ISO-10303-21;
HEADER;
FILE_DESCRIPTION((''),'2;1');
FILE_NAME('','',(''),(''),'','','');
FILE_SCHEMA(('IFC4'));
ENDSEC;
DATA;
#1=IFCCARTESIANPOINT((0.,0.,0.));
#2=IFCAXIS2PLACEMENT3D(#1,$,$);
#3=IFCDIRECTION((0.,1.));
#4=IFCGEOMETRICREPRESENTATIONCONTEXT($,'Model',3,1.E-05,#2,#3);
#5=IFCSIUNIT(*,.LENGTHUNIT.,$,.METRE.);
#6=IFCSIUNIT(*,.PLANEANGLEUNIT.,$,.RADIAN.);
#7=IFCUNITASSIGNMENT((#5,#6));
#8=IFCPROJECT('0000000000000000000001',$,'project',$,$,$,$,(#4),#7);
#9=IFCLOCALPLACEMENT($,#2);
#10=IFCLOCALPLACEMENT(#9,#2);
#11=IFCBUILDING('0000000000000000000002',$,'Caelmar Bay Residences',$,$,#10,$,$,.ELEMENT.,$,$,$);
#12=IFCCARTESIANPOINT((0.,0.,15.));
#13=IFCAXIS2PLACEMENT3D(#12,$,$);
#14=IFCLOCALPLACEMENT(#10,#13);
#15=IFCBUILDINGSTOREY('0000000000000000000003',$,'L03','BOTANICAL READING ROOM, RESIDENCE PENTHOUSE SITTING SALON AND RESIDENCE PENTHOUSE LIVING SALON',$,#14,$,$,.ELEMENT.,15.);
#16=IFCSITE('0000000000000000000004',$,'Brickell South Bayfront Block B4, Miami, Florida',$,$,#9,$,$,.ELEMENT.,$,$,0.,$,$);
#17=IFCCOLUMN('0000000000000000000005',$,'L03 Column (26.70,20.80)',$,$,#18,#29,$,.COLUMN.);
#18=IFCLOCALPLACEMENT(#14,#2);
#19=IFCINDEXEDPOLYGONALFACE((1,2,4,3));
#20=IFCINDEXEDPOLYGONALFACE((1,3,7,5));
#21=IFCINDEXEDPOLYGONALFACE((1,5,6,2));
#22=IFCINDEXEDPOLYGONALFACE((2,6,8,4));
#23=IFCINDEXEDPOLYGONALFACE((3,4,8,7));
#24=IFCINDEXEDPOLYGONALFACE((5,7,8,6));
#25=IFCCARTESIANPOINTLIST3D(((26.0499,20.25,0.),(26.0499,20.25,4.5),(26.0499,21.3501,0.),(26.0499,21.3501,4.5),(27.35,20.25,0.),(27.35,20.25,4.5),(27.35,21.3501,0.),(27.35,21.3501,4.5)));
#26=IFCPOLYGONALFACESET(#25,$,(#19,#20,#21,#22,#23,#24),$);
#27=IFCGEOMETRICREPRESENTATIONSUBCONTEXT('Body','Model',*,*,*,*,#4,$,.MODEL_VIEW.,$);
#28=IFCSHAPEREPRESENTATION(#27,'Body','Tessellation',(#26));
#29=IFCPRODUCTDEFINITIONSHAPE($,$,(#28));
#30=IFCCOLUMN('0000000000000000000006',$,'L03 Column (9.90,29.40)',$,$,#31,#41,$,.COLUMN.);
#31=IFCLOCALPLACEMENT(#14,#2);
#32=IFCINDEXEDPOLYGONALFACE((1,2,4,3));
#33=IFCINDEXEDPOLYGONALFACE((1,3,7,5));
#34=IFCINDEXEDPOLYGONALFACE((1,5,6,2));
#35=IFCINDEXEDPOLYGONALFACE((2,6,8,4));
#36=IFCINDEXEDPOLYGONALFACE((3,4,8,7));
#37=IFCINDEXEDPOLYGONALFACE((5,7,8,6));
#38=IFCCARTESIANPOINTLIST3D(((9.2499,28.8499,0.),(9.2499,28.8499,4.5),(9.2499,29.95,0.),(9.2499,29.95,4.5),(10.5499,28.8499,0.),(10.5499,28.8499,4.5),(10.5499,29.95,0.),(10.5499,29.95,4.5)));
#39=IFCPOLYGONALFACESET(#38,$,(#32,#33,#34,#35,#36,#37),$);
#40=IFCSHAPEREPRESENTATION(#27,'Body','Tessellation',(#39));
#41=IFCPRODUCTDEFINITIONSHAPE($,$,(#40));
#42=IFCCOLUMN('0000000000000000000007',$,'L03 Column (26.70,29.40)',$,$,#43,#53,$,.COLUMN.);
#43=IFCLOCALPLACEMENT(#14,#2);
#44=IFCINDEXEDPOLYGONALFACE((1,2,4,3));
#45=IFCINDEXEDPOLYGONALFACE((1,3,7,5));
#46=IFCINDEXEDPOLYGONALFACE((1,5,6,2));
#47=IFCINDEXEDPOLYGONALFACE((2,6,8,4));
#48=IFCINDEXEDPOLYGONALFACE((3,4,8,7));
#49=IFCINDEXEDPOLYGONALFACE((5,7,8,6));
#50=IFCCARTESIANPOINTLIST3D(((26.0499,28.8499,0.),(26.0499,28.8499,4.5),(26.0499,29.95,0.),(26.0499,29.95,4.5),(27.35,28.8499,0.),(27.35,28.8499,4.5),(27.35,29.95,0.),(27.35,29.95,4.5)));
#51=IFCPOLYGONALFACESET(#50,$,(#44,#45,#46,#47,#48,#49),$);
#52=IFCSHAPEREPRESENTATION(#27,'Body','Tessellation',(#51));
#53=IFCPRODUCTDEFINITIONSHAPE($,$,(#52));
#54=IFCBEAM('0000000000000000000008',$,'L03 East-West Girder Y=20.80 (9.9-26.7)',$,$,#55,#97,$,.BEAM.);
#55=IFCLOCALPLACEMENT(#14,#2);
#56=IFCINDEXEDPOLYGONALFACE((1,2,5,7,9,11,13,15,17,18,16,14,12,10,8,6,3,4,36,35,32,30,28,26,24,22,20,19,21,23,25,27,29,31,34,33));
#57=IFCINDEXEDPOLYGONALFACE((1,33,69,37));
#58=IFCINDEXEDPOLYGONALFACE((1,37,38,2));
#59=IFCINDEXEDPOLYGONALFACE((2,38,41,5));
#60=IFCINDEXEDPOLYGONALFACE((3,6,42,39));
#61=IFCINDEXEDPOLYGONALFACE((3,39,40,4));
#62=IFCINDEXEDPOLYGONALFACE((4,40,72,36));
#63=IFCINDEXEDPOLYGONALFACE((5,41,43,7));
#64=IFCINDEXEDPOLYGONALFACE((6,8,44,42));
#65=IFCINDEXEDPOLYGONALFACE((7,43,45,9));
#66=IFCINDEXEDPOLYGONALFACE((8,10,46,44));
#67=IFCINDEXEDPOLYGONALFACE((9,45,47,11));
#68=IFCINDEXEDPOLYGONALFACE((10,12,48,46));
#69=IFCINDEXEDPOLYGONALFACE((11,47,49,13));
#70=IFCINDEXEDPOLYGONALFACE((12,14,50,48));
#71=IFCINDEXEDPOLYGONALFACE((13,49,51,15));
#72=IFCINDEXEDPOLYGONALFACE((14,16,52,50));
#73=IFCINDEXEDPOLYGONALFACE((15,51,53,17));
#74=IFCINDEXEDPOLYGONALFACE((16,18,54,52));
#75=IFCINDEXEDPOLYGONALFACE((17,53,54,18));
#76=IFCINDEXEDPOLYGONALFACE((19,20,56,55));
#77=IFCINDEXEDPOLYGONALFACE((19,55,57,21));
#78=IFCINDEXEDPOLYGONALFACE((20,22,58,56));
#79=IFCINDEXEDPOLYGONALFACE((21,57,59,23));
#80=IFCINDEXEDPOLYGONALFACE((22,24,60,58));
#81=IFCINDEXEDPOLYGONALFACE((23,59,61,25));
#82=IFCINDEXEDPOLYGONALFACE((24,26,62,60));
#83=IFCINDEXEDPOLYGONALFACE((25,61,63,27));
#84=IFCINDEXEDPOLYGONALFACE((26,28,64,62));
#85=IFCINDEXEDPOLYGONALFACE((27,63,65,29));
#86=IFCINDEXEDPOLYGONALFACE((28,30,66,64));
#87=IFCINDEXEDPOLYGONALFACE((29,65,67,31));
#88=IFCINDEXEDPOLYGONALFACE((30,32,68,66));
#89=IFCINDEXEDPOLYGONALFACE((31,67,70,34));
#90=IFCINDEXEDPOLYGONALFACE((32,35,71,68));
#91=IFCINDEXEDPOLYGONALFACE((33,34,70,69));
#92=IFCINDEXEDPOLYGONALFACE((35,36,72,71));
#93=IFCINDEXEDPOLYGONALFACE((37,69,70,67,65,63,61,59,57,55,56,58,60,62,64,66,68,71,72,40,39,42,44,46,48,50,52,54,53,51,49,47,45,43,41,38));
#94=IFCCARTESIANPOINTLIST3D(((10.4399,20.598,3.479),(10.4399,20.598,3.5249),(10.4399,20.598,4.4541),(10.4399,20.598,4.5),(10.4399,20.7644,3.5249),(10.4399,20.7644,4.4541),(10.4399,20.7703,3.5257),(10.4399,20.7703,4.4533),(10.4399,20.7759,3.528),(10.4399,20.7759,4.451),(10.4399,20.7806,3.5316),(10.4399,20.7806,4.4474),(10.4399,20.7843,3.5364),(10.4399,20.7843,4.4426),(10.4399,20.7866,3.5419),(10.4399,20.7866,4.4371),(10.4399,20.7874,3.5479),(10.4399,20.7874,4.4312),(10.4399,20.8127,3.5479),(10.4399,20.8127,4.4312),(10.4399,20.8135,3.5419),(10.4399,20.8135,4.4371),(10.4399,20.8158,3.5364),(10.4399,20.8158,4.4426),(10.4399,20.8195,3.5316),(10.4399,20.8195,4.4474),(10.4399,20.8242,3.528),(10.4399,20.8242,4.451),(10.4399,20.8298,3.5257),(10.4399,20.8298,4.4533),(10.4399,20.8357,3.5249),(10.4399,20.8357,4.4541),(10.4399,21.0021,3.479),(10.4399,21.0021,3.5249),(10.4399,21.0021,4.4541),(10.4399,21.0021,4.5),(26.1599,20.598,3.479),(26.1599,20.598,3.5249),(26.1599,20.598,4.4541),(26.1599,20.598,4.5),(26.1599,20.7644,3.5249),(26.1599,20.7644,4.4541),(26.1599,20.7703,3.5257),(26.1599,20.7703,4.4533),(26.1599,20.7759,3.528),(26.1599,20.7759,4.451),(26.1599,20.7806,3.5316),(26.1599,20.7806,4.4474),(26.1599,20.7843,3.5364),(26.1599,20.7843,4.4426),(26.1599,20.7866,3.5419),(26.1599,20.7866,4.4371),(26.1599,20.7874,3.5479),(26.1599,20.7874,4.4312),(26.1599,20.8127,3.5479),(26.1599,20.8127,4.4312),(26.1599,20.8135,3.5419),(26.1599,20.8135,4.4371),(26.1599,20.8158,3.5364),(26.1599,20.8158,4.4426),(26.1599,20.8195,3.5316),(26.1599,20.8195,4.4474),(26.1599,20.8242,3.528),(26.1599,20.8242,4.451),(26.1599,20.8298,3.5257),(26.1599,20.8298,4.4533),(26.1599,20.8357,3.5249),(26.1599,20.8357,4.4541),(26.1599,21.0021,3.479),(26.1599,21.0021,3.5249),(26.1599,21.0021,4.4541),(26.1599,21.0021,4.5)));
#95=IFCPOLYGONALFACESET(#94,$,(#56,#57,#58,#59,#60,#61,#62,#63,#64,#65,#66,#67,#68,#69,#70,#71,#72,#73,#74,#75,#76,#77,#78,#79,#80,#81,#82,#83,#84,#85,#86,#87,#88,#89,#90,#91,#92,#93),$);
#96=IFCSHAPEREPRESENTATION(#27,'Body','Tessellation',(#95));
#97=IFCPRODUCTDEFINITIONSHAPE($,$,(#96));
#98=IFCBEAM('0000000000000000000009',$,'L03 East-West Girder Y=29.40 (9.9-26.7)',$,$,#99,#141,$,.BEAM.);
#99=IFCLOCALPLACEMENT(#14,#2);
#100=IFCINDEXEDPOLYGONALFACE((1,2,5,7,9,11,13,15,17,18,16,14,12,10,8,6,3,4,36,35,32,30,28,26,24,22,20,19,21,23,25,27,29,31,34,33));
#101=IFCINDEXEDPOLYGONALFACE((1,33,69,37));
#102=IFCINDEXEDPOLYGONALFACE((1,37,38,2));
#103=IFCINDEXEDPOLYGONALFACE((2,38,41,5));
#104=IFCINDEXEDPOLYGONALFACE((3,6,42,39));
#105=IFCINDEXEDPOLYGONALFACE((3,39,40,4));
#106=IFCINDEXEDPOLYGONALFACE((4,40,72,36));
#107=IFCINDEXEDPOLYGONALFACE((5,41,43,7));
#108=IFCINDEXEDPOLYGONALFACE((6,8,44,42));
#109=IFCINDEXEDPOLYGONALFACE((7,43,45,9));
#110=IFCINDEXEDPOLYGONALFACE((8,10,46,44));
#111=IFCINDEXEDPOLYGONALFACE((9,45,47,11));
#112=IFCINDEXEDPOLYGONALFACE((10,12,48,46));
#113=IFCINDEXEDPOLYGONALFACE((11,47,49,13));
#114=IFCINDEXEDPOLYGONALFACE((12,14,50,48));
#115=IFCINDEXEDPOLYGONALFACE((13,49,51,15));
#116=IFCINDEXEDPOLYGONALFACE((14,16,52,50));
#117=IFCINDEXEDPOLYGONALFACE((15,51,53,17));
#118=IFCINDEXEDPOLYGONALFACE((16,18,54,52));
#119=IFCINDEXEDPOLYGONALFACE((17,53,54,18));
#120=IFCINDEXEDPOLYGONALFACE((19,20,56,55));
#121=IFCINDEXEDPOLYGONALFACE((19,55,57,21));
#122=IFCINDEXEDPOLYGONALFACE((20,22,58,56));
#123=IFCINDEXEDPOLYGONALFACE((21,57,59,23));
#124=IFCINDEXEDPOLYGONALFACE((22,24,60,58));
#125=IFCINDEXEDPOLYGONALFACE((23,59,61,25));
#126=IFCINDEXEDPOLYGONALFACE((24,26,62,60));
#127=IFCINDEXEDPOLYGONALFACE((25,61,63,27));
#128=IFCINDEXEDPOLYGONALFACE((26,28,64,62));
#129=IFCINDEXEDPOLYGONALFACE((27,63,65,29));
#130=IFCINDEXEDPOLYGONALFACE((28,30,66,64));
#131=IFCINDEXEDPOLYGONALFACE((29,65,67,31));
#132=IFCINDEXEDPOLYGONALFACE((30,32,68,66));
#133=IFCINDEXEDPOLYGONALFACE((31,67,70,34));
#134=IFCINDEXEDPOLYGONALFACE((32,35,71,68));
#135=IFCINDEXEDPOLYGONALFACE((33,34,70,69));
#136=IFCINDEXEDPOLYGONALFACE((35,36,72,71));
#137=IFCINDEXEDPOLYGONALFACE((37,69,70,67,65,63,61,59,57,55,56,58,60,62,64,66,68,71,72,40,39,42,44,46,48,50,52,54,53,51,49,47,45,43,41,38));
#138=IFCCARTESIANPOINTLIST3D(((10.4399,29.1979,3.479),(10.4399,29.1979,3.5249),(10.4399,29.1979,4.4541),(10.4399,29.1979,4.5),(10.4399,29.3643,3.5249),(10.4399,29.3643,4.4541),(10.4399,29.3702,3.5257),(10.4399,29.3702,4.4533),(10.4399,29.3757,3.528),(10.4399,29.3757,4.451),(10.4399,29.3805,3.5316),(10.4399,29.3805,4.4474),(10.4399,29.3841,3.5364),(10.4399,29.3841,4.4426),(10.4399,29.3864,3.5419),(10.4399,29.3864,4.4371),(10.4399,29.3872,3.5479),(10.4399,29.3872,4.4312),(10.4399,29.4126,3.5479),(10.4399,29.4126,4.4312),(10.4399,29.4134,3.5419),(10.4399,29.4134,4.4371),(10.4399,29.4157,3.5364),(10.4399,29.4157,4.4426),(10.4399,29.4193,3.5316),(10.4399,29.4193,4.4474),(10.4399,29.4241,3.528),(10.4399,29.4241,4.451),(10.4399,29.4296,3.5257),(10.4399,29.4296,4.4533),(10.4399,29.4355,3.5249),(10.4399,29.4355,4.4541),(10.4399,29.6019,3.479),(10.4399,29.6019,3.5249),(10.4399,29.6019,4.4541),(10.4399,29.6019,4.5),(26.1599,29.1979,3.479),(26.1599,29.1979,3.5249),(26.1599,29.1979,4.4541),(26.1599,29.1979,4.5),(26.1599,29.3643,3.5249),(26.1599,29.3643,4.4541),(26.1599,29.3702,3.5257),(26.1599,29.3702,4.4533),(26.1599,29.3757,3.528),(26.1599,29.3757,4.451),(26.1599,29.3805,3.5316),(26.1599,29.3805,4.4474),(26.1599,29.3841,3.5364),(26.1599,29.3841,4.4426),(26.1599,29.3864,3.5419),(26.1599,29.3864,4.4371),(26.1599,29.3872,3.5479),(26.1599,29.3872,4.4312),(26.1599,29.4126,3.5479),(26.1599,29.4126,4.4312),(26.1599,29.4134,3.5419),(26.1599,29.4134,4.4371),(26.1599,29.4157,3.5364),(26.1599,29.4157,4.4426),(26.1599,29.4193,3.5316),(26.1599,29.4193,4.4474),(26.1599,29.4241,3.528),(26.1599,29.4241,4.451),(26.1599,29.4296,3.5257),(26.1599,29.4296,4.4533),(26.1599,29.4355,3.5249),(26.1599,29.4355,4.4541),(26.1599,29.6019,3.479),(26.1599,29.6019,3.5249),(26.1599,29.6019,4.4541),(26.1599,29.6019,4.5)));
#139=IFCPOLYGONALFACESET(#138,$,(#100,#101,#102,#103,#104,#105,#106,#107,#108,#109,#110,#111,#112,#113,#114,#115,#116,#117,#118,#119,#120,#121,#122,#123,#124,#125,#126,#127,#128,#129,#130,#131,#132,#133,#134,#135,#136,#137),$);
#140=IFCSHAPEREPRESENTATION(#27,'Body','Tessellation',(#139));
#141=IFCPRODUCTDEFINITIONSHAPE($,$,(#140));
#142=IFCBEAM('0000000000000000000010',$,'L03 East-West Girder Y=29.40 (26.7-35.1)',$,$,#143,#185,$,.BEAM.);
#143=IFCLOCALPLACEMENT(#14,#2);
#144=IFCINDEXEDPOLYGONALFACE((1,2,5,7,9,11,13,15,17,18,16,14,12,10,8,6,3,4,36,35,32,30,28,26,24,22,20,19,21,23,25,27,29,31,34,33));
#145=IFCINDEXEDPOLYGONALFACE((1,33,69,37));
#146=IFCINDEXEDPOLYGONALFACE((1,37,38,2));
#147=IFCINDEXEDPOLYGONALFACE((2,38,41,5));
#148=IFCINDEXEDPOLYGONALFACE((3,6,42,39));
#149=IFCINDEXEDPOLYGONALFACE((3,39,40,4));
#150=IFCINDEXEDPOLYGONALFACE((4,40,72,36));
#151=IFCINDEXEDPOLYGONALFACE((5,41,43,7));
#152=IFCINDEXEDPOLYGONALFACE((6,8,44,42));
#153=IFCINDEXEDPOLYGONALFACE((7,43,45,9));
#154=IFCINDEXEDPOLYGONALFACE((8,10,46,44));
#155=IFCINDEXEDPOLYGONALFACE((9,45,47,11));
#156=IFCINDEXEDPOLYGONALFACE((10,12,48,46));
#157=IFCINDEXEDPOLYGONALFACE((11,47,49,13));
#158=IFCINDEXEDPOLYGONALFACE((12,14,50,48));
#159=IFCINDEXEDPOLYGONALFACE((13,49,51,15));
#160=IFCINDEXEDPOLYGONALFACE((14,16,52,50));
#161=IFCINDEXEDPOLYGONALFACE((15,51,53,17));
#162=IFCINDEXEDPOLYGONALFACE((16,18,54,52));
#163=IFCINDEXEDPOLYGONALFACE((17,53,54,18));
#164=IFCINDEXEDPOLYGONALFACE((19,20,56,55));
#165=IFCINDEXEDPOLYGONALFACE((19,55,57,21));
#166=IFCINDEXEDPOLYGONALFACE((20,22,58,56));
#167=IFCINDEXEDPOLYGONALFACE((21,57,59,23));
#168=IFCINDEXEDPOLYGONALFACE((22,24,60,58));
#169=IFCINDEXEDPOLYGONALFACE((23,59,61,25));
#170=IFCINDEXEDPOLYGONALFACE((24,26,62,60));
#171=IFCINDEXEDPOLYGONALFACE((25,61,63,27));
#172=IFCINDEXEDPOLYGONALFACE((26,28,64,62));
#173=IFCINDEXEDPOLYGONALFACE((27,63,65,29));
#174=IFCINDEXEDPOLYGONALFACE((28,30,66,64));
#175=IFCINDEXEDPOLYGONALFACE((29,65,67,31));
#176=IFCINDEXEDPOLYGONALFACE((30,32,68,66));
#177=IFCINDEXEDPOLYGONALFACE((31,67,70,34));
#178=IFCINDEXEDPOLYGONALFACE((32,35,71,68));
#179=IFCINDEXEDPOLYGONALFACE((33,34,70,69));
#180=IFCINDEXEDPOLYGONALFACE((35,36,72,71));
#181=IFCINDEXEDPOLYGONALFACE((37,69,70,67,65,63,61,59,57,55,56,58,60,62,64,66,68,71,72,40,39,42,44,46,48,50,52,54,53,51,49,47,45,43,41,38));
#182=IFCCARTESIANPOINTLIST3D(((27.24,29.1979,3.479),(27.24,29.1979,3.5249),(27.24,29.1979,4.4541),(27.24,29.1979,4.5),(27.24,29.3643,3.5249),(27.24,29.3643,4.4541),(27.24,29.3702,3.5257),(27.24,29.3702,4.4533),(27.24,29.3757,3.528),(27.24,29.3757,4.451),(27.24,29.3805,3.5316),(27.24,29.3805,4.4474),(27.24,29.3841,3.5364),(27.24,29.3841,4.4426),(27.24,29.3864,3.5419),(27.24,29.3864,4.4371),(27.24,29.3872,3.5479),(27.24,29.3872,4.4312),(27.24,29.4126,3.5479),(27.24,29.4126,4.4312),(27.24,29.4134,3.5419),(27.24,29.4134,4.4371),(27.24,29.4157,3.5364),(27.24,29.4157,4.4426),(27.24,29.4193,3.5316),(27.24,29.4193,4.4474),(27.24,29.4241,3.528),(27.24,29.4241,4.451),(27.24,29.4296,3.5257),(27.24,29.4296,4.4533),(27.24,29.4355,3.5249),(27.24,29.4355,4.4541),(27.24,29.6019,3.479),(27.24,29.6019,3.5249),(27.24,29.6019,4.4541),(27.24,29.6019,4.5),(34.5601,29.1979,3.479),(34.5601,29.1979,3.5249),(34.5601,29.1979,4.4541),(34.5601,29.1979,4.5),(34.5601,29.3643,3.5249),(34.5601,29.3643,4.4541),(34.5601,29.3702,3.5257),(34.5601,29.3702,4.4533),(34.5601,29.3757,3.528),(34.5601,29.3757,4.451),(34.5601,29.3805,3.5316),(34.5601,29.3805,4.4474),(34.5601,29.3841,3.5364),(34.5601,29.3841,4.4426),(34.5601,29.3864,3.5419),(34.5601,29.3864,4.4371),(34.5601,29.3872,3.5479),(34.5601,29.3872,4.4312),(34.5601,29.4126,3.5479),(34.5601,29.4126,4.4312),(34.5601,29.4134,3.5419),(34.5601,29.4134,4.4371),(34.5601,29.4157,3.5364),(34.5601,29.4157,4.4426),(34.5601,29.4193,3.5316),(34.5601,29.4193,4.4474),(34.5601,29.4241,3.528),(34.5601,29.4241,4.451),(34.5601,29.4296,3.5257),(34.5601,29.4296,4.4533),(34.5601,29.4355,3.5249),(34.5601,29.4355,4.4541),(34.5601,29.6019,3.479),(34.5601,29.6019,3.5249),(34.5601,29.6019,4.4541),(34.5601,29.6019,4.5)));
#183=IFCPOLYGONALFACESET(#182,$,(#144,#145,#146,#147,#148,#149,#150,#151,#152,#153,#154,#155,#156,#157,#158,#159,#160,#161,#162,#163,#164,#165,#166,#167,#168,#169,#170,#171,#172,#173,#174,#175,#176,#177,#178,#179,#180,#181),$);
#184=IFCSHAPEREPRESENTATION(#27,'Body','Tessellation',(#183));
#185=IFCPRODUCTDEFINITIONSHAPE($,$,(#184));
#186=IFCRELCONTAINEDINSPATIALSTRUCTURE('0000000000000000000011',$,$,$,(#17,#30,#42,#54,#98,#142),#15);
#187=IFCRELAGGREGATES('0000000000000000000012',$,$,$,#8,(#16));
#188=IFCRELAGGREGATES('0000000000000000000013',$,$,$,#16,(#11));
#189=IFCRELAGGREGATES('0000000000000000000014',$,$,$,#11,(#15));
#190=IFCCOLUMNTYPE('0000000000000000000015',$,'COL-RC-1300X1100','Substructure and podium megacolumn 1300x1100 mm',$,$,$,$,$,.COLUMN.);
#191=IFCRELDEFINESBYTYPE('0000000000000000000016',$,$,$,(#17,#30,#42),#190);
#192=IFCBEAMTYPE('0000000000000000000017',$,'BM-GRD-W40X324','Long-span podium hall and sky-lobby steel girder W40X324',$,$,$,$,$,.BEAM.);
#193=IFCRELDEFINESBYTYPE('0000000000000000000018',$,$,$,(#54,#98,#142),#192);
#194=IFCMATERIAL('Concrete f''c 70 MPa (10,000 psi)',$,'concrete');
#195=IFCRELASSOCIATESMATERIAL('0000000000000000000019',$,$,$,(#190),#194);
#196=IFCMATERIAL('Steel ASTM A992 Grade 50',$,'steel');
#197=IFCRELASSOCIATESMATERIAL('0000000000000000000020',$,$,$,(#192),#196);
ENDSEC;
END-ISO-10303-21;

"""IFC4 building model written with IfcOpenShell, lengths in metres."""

from ifc_helpers import new_model, si_unit, direction, frame, origin, origin_2d, place, context, subcontext, project, spatial, rectangle, i_section, extrude, material, material_profile, profile_set, type_object, element, save


model = new_model("IFC4")

# Units and contexts
model_context = context("Model", 3, precision=1e-05, world=origin(), true_north=direction((0.0, 1.0)))
body_context = subcontext(model_context, "Body", "Model", "MODEL_VIEW")
ifc_project = project(units=[si_unit("LENGTHUNIT", "METRE"), si_unit("PLANEANGLEUNIT", "RADIAN")], contexts=[model_context])

# Site, building, storey
site_placement = place(None, origin())
site = spatial("IfcSite", under=ifc_project, at=site_placement, Name="Brickell South Bayfront Block B4, Miami, Florida", CompositionType="ELEMENT", RefElevation=0.0)
building_placement = place(site_placement, origin())
building = spatial("IfcBuilding", under=site, at=building_placement, Name="Caelmar Bay Residences", CompositionType="ELEMENT")
storey_placement = place(building_placement, frame((0.0, 0.0, 15.0)))
storey = spatial("IfcBuildingStorey", under=building, at=storey_placement, Name="L03", Description="BOTANICAL READING ROOM, RESIDENCE PENTHOUSE SITTING SALON AND RESIDENCE PENTHOUSE LIVING SALON", CompositionType="ELEMENT", Elevation=15.0)

# Columns
ifc_material_1 = material(Name="Concrete f'c 70 MPa (10,000 psi)", Category="concrete")
ifc_material_profile_1 = material_profile(ifc_material_1, rectangle(XDim=1.3, YDim=1.1001, at=origin_2d()), Name="RC-COL-1300X1100")
ifc_profile_set_1 = profile_set([ifc_material_profile_1], Name="Concrete f'c 70 MPa (10,000 psi)")
column_type = type_object("IfcColumnType", Name="COL-RC-1300X1100", Description="Substructure and podium megacolumn 1300x1100 mm", PredefinedType="COLUMN", material=ifc_profile_set_1)
for number, where, z_axis, x_axis, name in (
    (1, (26.7, 20.8, 0.0), (0.0, 0.0, 1.0), (1.0, 0.0, 0.0), "L03 Column (26.70,20.80)"),
    (2, (9.8999, 29.3999, 0.0), (0.0, 0.0, 1.0), (1.0, 0.0, 0.0), "L03 Column (9.90,29.40)"),
    (3, (26.7, 29.3999, 0.0), (0.0, 0.0, 1.0), (1.0, 0.0, 0.0), "L03 Column (26.70,29.40)"),
):
    element("IfcColumn", number, at=place(storey_placement, frame(where, z_axis=z_axis, x_axis=x_axis)), inside=storey, type_object=column_type, Name=name, PredefinedType="COLUMN", context=body_context, shape_type="SweptSolid", body=[
        extrude(rectangle(XDim=1.3, YDim=1.1001, at=origin_2d()), origin(), (0.0, 0.0, 1.0), 4.5),
    ])

# Beams
ifc_material_2 = material(Name="Steel ASTM A992 Grade 50", Category="steel")
ifc_material_profile_2 = material_profile(ifc_material_2, i_section(OverallWidth=0.4041, OverallDepth=1.021, WebThickness=0.0254, FlangeThickness=0.0459, FilletRadius=0.0229, at=origin_2d()), Name="W40X324")
ifc_profile_set_2 = profile_set([ifc_material_profile_2], Name="Steel ASTM A992 Grade 50")
beam_type_1 = type_object("IfcBeamType", Name="BM-GRD-W40X324", Description="Long-span podium hall and sky-lobby steel girder W40X324", PredefinedType="BEAM", material=ifc_profile_set_2)
for number, where, z_axis, x_axis, name in (
    (4, (10.4399, 20.8, 3.9895), (1.0, 0.0, 0.0), (0.0, 1.0, 0.0), "L03 East-West Girder Y=20.80 (9.9-26.7)"),
    (5, (10.4399, 29.3999, 3.9895), (1.0, 0.0, 0.0), (0.0, 1.0, 0.0), "L03 East-West Girder Y=29.40 (9.9-26.7)"),
):
    element("IfcBeam", number, at=place(storey_placement, frame(where, z_axis=z_axis, x_axis=x_axis)), inside=storey, type_object=beam_type_1, Name=name, PredefinedType="BEAM", context=body_context, shape_type="SweptSolid", body=[
        extrude(i_section(OverallWidth=0.4041, OverallDepth=1.021, WebThickness=0.0254, FlangeThickness=0.0459, FilletRadius=0.0229, at=origin_2d()), origin(), (0.0, 0.0, 1.0), 15.72),
    ])
beam_1_placement = place(storey_placement, frame((27.24, 29.3999, 3.9895), z_axis=(1.0, 0.0, 0.0), x_axis=(0.0, 1.0, 0.0)))
element("IfcBeam", 6, at=beam_1_placement, inside=storey, type_object=beam_type_1, Name="L03 East-West Girder Y=29.40 (26.7-35.1)", PredefinedType="BEAM", context=body_context, shape_type="SweptSolid", body=[
    extrude(i_section(OverallWidth=0.4041, OverallDepth=1.021, WebThickness=0.0254, FlangeThickness=0.0459, FilletRadius=0.0229, at=origin_2d()), origin(), (0.0, 0.0, 1.0), 7.3201),
])

save(model, "model.ifc")
